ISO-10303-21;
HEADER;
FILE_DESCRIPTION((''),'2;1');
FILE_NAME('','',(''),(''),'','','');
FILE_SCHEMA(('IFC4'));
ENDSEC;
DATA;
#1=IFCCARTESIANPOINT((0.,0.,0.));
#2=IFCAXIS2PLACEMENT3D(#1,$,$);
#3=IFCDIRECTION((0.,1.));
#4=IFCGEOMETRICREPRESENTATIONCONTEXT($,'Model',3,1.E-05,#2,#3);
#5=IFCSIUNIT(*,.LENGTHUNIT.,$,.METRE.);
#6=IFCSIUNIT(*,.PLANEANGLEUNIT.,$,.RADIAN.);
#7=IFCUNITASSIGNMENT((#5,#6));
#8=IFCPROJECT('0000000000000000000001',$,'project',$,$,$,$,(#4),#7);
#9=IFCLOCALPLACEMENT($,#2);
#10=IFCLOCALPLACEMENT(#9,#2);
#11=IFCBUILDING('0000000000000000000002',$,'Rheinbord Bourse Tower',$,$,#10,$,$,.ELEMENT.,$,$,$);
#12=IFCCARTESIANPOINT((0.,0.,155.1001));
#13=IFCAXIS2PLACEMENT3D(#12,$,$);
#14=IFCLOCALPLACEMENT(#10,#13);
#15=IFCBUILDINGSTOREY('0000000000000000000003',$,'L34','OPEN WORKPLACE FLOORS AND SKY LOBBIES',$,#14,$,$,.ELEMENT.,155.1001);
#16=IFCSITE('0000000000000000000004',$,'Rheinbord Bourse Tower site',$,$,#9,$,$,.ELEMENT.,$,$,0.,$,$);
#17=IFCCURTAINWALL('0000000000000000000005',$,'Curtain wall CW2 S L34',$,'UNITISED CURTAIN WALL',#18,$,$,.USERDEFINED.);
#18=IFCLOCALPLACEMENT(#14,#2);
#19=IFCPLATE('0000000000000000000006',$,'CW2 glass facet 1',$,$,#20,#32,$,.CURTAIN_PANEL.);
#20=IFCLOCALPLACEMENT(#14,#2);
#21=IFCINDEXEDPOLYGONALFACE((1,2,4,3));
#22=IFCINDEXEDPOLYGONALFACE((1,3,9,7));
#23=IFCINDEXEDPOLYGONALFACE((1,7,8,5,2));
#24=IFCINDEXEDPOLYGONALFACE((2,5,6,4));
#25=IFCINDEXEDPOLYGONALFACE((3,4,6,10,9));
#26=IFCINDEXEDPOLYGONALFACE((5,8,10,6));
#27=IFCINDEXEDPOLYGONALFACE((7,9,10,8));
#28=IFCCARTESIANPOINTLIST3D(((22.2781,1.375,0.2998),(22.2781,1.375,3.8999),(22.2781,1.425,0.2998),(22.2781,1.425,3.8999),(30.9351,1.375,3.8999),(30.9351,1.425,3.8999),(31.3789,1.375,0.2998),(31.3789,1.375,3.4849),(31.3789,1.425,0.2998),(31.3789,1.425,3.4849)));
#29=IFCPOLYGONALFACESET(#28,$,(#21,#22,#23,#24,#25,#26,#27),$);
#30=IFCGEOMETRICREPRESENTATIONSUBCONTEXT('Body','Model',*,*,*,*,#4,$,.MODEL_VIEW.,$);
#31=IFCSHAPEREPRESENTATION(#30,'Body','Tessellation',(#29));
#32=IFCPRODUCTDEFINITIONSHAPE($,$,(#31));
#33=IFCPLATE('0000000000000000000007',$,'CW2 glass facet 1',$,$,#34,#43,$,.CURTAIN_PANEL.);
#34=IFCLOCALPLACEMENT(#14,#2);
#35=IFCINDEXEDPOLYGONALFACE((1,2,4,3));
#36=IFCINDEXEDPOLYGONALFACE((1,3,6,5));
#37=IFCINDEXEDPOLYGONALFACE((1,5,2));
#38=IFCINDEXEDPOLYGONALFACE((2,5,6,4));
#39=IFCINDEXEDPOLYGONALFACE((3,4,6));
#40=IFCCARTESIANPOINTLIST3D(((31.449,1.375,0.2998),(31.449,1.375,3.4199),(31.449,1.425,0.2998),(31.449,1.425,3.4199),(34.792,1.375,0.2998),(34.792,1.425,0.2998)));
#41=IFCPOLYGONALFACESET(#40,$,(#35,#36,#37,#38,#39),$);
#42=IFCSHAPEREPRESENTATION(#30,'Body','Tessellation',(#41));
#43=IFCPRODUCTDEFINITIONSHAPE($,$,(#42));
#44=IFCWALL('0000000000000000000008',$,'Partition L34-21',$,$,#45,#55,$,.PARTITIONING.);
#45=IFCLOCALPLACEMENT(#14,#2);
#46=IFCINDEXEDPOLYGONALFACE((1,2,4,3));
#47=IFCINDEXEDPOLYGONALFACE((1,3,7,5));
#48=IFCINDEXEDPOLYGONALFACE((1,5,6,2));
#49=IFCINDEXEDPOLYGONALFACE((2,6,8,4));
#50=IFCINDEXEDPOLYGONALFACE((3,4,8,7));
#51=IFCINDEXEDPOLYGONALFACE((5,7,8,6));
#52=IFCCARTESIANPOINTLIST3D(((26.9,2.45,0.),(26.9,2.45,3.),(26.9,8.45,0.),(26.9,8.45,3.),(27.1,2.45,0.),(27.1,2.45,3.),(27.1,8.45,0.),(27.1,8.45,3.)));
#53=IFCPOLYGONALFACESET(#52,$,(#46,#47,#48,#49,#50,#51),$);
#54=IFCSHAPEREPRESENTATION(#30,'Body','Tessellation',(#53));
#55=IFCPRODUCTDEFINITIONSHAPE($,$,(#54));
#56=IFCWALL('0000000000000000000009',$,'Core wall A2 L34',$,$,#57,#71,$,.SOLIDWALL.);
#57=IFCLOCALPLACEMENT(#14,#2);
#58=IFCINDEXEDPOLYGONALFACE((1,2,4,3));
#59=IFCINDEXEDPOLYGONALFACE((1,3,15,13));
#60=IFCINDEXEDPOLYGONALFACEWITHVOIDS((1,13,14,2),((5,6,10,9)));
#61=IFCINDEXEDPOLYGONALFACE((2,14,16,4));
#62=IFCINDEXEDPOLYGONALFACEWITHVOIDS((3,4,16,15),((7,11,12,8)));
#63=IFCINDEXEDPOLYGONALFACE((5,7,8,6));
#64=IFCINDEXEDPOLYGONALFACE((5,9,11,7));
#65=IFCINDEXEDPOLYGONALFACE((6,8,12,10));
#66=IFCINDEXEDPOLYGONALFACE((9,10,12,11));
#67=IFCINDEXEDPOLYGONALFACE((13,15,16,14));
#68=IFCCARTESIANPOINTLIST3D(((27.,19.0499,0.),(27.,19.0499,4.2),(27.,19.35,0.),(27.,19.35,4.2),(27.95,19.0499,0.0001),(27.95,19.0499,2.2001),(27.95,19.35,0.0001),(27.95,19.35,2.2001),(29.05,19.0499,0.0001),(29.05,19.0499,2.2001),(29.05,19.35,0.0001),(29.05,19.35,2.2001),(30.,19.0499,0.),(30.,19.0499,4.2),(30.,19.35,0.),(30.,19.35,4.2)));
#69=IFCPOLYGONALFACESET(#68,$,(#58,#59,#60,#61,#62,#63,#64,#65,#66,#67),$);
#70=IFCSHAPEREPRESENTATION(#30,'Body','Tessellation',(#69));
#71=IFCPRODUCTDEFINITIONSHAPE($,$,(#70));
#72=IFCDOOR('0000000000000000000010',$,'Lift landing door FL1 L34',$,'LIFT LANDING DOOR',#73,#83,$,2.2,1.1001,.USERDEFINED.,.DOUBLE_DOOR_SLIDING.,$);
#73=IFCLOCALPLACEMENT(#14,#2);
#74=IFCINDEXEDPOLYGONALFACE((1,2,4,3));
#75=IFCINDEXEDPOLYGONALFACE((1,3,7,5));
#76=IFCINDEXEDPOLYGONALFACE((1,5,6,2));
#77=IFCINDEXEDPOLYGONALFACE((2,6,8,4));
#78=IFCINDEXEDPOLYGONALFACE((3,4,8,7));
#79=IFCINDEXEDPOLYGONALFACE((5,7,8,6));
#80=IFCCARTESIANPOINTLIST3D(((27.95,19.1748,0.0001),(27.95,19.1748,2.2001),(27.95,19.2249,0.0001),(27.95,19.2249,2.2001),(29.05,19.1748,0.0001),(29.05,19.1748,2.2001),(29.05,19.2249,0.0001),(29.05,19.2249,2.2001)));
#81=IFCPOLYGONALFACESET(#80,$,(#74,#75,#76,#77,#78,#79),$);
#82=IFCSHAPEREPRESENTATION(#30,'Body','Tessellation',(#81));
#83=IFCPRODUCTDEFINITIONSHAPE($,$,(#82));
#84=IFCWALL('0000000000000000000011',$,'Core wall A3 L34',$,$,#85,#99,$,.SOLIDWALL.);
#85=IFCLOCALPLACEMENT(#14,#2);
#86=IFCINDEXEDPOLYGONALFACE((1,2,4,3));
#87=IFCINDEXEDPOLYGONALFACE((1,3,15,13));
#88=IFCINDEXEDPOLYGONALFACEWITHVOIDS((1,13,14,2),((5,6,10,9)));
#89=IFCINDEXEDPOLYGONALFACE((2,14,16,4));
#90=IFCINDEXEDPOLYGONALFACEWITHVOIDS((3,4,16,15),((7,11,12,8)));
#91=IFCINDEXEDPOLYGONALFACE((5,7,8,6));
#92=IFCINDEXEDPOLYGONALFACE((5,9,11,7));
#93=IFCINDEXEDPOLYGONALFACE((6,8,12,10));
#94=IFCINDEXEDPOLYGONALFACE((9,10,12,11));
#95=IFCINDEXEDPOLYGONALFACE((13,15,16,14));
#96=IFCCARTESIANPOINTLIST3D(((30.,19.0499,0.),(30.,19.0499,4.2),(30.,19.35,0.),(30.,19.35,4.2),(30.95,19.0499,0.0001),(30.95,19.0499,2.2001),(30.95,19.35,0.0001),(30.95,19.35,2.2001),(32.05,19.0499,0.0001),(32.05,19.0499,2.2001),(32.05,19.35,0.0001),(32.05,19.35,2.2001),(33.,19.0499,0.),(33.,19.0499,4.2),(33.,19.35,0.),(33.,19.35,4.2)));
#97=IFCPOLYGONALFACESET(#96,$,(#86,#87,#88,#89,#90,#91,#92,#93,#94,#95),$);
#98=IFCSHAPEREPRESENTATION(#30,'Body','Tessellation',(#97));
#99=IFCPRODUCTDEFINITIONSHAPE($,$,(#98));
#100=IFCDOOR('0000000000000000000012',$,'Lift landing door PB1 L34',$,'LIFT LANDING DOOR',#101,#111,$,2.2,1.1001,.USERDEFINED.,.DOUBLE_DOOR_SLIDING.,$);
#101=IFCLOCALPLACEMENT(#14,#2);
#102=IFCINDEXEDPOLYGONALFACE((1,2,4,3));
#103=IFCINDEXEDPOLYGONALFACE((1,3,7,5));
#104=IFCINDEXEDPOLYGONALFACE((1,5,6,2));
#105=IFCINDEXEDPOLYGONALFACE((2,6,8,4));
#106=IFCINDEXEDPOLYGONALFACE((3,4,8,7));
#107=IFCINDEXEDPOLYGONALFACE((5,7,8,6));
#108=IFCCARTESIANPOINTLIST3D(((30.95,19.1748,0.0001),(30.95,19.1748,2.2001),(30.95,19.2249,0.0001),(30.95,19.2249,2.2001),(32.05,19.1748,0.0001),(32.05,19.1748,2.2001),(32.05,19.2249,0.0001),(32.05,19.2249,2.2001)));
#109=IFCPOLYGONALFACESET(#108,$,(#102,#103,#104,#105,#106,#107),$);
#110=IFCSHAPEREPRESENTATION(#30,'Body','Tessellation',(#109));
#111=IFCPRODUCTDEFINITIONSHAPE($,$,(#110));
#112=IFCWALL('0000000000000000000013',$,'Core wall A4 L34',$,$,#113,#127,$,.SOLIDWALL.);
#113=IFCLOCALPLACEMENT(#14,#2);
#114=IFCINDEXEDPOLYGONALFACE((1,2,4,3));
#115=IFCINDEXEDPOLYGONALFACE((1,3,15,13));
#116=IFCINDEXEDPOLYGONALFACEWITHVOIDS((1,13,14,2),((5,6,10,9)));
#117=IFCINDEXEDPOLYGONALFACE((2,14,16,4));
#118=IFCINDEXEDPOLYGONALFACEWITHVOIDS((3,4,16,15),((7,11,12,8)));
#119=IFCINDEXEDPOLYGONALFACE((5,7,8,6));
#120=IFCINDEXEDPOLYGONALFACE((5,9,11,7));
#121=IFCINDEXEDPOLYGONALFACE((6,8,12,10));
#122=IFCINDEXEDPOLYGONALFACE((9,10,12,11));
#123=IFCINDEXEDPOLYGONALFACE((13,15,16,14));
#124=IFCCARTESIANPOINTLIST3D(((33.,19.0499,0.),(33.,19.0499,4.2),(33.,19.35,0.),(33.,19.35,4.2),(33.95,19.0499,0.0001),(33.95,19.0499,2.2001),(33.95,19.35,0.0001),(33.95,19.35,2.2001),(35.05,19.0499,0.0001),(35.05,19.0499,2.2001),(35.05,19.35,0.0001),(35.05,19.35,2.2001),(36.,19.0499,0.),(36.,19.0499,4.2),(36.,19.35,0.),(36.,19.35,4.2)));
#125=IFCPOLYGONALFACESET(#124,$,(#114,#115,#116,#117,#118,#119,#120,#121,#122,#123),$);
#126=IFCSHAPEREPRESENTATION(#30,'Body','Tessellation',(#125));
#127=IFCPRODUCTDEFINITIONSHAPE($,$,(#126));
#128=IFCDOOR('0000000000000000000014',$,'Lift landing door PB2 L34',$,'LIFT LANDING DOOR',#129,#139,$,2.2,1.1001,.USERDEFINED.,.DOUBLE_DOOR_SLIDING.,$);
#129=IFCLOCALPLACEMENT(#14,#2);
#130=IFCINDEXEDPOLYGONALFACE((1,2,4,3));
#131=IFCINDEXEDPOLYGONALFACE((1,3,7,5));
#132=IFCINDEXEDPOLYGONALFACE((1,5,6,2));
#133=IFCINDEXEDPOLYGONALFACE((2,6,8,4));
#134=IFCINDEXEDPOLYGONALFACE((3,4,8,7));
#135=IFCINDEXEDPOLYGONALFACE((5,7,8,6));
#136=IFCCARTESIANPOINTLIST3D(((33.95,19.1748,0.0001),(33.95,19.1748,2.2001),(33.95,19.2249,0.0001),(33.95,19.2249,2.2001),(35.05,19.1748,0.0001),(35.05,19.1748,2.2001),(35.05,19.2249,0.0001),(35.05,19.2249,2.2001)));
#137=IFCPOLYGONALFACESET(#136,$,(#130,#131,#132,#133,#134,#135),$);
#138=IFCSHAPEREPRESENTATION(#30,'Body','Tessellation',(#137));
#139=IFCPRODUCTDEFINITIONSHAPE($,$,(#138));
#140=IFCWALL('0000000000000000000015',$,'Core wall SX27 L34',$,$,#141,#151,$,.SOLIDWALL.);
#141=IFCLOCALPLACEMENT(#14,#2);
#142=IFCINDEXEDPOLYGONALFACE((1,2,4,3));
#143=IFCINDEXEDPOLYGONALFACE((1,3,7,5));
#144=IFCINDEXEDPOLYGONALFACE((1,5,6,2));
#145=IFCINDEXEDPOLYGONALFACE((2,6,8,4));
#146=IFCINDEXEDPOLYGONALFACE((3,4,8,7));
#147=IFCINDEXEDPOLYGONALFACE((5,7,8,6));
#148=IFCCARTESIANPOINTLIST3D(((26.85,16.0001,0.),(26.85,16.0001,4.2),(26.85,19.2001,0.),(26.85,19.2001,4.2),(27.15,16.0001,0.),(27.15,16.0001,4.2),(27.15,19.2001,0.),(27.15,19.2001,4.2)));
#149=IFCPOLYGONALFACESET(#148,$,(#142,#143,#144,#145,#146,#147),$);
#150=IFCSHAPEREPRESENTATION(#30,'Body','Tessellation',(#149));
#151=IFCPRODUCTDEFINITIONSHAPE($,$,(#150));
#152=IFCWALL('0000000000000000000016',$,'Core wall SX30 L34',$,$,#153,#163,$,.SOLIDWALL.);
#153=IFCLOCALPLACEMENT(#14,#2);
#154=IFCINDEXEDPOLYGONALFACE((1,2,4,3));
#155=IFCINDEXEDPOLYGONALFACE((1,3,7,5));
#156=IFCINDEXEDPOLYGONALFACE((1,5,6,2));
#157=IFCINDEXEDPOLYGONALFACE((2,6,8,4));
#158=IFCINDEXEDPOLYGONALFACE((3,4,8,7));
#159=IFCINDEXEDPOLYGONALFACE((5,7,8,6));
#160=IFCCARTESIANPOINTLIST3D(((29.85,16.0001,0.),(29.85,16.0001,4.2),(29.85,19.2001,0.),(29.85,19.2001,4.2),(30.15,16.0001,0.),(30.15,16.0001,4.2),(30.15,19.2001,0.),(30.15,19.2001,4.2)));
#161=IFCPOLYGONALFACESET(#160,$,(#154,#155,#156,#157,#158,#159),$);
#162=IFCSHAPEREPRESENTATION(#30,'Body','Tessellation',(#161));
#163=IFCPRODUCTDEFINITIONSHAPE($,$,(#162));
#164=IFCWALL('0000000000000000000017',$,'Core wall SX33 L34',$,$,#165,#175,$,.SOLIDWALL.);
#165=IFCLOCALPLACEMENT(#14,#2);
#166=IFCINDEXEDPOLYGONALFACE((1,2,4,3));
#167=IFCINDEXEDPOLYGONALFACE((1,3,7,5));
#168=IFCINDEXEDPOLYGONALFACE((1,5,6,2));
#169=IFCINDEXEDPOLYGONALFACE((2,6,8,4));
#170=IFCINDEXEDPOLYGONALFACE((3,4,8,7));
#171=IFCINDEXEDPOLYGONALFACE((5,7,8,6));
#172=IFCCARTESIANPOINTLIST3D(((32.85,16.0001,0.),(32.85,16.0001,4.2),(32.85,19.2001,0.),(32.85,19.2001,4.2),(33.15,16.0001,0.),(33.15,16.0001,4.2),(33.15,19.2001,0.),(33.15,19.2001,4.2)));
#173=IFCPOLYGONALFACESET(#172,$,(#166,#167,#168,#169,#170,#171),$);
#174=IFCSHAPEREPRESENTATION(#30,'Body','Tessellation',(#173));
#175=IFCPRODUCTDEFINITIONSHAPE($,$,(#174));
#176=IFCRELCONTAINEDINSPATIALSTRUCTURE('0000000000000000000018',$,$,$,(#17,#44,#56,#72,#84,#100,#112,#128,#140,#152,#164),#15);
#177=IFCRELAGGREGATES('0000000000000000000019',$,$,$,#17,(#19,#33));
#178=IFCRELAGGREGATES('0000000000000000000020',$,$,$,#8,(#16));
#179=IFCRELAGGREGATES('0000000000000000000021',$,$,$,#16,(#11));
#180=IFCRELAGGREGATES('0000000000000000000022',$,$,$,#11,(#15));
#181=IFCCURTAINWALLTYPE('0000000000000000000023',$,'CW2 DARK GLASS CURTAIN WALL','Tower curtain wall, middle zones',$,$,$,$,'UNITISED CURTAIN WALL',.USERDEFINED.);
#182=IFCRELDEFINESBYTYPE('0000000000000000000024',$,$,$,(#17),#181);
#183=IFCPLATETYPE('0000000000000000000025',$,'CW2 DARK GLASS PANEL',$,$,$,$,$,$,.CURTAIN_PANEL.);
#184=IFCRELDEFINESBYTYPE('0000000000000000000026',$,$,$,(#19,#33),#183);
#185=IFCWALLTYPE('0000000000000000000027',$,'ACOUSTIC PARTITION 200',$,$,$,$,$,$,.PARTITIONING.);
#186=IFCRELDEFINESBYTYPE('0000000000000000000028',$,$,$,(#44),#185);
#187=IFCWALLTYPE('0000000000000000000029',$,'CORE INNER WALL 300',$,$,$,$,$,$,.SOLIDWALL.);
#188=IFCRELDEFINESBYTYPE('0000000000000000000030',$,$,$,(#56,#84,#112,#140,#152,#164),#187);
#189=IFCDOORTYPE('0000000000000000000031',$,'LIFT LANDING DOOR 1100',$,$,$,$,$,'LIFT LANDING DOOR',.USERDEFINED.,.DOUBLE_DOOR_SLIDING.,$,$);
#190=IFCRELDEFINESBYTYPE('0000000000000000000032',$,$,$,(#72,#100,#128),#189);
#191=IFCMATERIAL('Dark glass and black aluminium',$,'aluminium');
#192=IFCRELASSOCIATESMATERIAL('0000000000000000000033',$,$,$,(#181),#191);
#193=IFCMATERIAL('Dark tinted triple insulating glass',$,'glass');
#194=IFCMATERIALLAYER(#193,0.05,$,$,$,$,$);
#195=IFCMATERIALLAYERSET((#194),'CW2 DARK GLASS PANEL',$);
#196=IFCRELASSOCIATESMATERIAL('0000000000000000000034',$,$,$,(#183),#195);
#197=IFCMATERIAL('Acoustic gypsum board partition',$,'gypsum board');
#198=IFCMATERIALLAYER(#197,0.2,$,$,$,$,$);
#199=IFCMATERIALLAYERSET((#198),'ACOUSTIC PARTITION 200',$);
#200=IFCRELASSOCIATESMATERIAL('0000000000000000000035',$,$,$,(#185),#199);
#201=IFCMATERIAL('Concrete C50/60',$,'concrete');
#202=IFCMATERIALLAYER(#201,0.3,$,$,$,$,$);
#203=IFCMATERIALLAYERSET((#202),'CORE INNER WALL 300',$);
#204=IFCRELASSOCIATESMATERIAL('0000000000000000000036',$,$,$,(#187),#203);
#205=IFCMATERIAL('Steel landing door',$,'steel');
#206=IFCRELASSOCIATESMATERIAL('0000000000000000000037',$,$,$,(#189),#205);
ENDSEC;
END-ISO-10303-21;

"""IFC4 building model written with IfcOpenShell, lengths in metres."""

from ifc_helpers import new_model, si_unit, direction, frame, frame_2d, origin, place, context, subcontext, project, spatial, polyline, rectangle, outline, extrude, material, layer, layer_set, type_object, element, fill, aggregate, save


model = new_model("IFC4")

# Units and contexts
model_context = context("Model", 3, precision=1e-05, world=origin(), true_north=direction((0.0, 1.0)))
body_context = subcontext(model_context, "Body", "Model", "MODEL_VIEW")
ifc_project = project(units=[si_unit("LENGTHUNIT", "METRE"), si_unit("PLANEANGLEUNIT", "RADIAN")], contexts=[model_context])

# Site, building, storey
site_placement = place(None, origin())
site = spatial("IfcSite", under=ifc_project, at=site_placement, Name="Rheinbord Bourse Tower site", CompositionType="ELEMENT", RefElevation=0.0)
building_placement = place(site_placement, origin())
building = spatial("IfcBuilding", under=site, at=building_placement, Name="Rheinbord Bourse Tower", CompositionType="ELEMENT")
storey_placement = place(building_placement, frame((0.0, 0.0, 155.1001)))
storey = spatial("IfcBuildingStorey", under=building, at=storey_placement, Name="L34", Description="OPEN WORKPLACE FLOORS AND SKY LOBBIES", CompositionType="ELEMENT", Elevation=155.1001)

# Curtain wall
ifc_material_1 = material(Name="Dark glass and black aluminium", Category="aluminium")
curtain_wall_type = type_object("IfcCurtainWallType", Name="CW2 DARK GLASS CURTAIN WALL", Description="Tower curtain wall, middle zones", ElementType="UNITISED CURTAIN WALL", PredefinedType="USERDEFINED", material=ifc_material_1)
curtain_wall_placement = place(storey_placement, origin())
curtain_wall = element("IfcCurtainWall", 1, at=curtain_wall_placement, inside=storey, type_object=curtain_wall_type, Name="Curtain wall CW2 S L34", ObjectType="UNITISED CURTAIN WALL", PredefinedType="USERDEFINED")

# Plates
ifc_material_2 = material(Name="Dark tinted triple insulating glass", Category="glass")
ifc_layer_1 = layer(ifc_material_2, 0.05)
ifc_layer_set_1 = layer_set([ifc_layer_1], Name="CW2 DARK GLASS PANEL")
plate_type = type_object("IfcPlateType", Name="CW2 DARK GLASS PANEL", PredefinedType="CURTAIN_PANEL", material=ifc_layer_set_1)
plate_1_placement = place(storey_placement, frame((31.3789, 1.375, 0.2998), z_axis=(0.0, 1.0, 0.0), x_axis=(-1.0, 0.0, 0.0)))
plate_1 = element("IfcPlate", 2, at=plate_1_placement, type_object=plate_type, Name="CW2 glass facet 1", PredefinedType="CURTAIN_PANEL", context=body_context, shape_type="SweptSolid", body=[
    extrude(outline(polyline([(0.0, 0.0), (9.1008, 0.0), (9.1008, 3.6001), (0.4438, 3.6001), (0.0, 3.1851), (0.0, 0.0)])), origin(), (0.0, 0.0, 1.0), 0.05),
])
plate_2_placement = place(storey_placement, frame((31.449, 1.375, 0.2998), z_axis=(0.0, 1.0, 0.0), x_axis=(0.0, 0.0, 1.0)))
plate_2 = element("IfcPlate", 3, at=plate_2_placement, type_object=plate_type, Name="CW2 glass facet 1", PredefinedType="CURTAIN_PANEL", context=body_context, shape_type="SweptSolid", body=[
    extrude(outline(polyline([(0.0, 0.0), (3.1201, 0.0), (0.0, 3.343), (0.0, 0.0)])), origin(), (0.0, 0.0, 1.0), 0.05),
])
aggregate(curtain_wall, [plate_1, plate_2])

# Wall
ifc_material_3 = material(Name="Acoustic gypsum board partition", Category="gypsum board")
ifc_layer_2 = layer(ifc_material_3, 0.2)
ifc_layer_set_2 = layer_set([ifc_layer_2], Name="ACOUSTIC PARTITION 200")
wall_type_1 = type_object("IfcWallType", Name="ACOUSTIC PARTITION 200", PredefinedType="PARTITIONING", material=ifc_layer_set_2)
wall_1_placement = place(storey_placement, frame((27.0, 2.45, 0.0), z_axis=(0.0, 0.0, 1.0), x_axis=(0.0, 1.0, 0.0)))
element("IfcWall", 4, at=wall_1_placement, inside=storey, type_object=wall_type_1, Name="Partition L34-21", PredefinedType="PARTITIONING", context=body_context, shape_type="SweptSolid", body=[
    extrude(rectangle(XDim=6.0, YDim=0.2, at=frame_2d((3.0, 0.0))), origin(), (0.0, 0.0, 1.0), 3.0),
])

# Walls, openings, doors
ifc_material_4 = material(Name="Concrete C50/60", Category="concrete")
ifc_layer_3 = layer(ifc_material_4, 0.3)
ifc_layer_set_3 = layer_set([ifc_layer_3], Name="CORE INNER WALL 300")
wall_type_2 = type_object("IfcWallType", Name="CORE INNER WALL 300", PredefinedType="SOLIDWALL", material=ifc_layer_set_3)
wall_2_placement = place(storey_placement, frame((27.0, 19.2, 0.0), z_axis=(0.0, 0.0, 1.0), x_axis=(1.0, 0.0, 0.0)))
wall_2 = element("IfcWall", 5, at=wall_2_placement, inside=storey, type_object=wall_type_2, Name="Core wall A2 L34", PredefinedType="SOLIDWALL", context=body_context, shape_type="SweptSolid", body=[
    extrude(rectangle(XDim=3.0, YDim=0.3, at=frame_2d((1.5, 0.0))), origin(), (0.0, 0.0, 1.0), 4.2),
])
opening_1_placement = place(wall_2_placement, frame((0.95, 0.0, 0.0)))
opening_1 = element("IfcOpeningElement", 6, at=opening_1_placement, cuts=wall_2, PredefinedType="OPENING", context=body_context, shape_type="SweptSolid", body=[
    extrude(rectangle(XDim=1.1001, YDim=2.2, at=frame_2d((0.55, 1.1001))), frame((0.0, 0.1599, 0.0), z_axis=(0.0, -1.0, 0.0), x_axis=(1.0, 0.0, 0.0)), (0.0, 0.0, 1.0), 0.3201),
])
ifc_material_5 = material(Name="Steel landing door", Category="steel")
door_type = type_object("IfcDoorType", Name="LIFT LANDING DOOR 1100", ElementType="LIFT LANDING DOOR", OperationType="DOUBLE_DOOR_SLIDING", PredefinedType="USERDEFINED", material=ifc_material_5)
door_1_placement = place(opening_1_placement, origin())
door_1 = element("IfcDoor", 7, at=door_1_placement, inside=storey, type_object=door_type, Name="Lift landing door FL1 L34", ObjectType="LIFT LANDING DOOR", OperationType="DOUBLE_DOOR_SLIDING", OverallHeight=2.2, OverallWidth=1.1001, PredefinedType="USERDEFINED", context=body_context, shape_type="SweptSolid", body=[
    extrude(rectangle(XDim=1.1001, YDim=2.2, at=frame_2d((0.55, 1.1001))), frame((0.0, 0.0249, 0.0), z_axis=(0.0, -1.0, 0.0), x_axis=(1.0, 0.0, 0.0)), (0.0, 0.0, 1.0), 0.05),
])
fill(opening_1, door_1)
wall_3_placement = place(storey_placement, frame((30.0, 19.2, 0.0), z_axis=(0.0, 0.0, 1.0), x_axis=(1.0, 0.0, 0.0)))
wall_3 = element("IfcWall", 8, at=wall_3_placement, inside=storey, type_object=wall_type_2, Name="Core wall A3 L34", PredefinedType="SOLIDWALL", context=body_context, shape_type="SweptSolid", body=[
    extrude(rectangle(XDim=3.0, YDim=0.3, at=frame_2d((1.5, 0.0))), origin(), (0.0, 0.0, 1.0), 4.2),
])
opening_2_placement = place(wall_3_placement, frame((0.95, 0.0, 0.0)))
opening_2 = element("IfcOpeningElement", 9, at=opening_2_placement, cuts=wall_3, PredefinedType="OPENING", context=body_context, shape_type="SweptSolid", body=[
    extrude(rectangle(XDim=1.1001, YDim=2.2, at=frame_2d((0.55, 1.1001))), frame((0.0, 0.1599, 0.0), z_axis=(0.0, -1.0, 0.0), x_axis=(1.0, 0.0, 0.0)), (0.0, 0.0, 1.0), 0.3201),
])
door_2_placement = place(opening_2_placement, origin())
door_2 = element("IfcDoor", 10, at=door_2_placement, inside=storey, type_object=door_type, Name="Lift landing door PB1 L34", ObjectType="LIFT LANDING DOOR", OperationType="DOUBLE_DOOR_SLIDING", OverallHeight=2.2, OverallWidth=1.1001, PredefinedType="USERDEFINED", context=body_context, shape_type="SweptSolid", body=[
    extrude(rectangle(XDim=1.1001, YDim=2.2, at=frame_2d((0.55, 1.1001))), frame((0.0, 0.0249, 0.0), z_axis=(0.0, -1.0, 0.0), x_axis=(1.0, 0.0, 0.0)), (0.0, 0.0, 1.0), 0.05),
])
fill(opening_2, door_2)
wall_4_placement = place(storey_placement, frame((33.0, 19.2, 0.0), z_axis=(0.0, 0.0, 1.0), x_axis=(1.0, 0.0, 0.0)))
wall_4 = element("IfcWall", 11, at=wall_4_placement, inside=storey, type_object=wall_type_2, Name="Core wall A4 L34", PredefinedType="SOLIDWALL", context=body_context, shape_type="SweptSolid", body=[
    extrude(rectangle(XDim=3.0, YDim=0.3, at=frame_2d((1.5, 0.0))), origin(), (0.0, 0.0, 1.0), 4.2),
])
opening_3_placement = place(wall_4_placement, frame((0.95, 0.0, 0.0)))
opening_3 = element("IfcOpeningElement", 12, at=opening_3_placement, cuts=wall_4, PredefinedType="OPENING", context=body_context, shape_type="SweptSolid", body=[
    extrude(rectangle(XDim=1.1001, YDim=2.2, at=frame_2d((0.55, 1.1001))), frame((0.0, 0.1599, 0.0), z_axis=(0.0, -1.0, 0.0), x_axis=(1.0, 0.0, 0.0)), (0.0, 0.0, 1.0), 0.3201),
])
door_3_placement = place(opening_3_placement, origin())
door_3 = element("IfcDoor", 13, at=door_3_placement, inside=storey, type_object=door_type, Name="Lift landing door PB2 L34", ObjectType="LIFT LANDING DOOR", OperationType="DOUBLE_DOOR_SLIDING", OverallHeight=2.2, OverallWidth=1.1001, PredefinedType="USERDEFINED", context=body_context, shape_type="SweptSolid", body=[
    extrude(rectangle(XDim=1.1001, YDim=2.2, at=frame_2d((0.55, 1.1001))), frame((0.0, 0.0249, 0.0), z_axis=(0.0, -1.0, 0.0), x_axis=(1.0, 0.0, 0.0)), (0.0, 0.0, 1.0), 0.05),
])
fill(opening_3, door_3)

# Walls
for number, where, z_axis, x_axis, name in (
    (14, (27.0, 16.0, 0.0), (0.0, 0.0, 1.0), (0.0, 1.0, 0.0), "Core wall SX27 L34"),
    (15, (30.0, 16.0, 0.0), (0.0, 0.0, 1.0), (0.0, 1.0, 0.0), "Core wall SX30 L34"),
    (16, (33.0, 16.0, 0.0), (0.0, 0.0, 1.0), (0.0, 1.0, 0.0), "Core wall SX33 L34"),
):
    element("IfcWall", number, at=place(storey_placement, frame(where, z_axis=z_axis, x_axis=x_axis)), inside=storey, type_object=wall_type_2, Name=name, PredefinedType="SOLIDWALL", context=body_context, shape_type="SweptSolid", body=[
        extrude(rectangle(XDim=3.2, YDim=0.3, at=frame_2d((1.6001, 0.0))), origin(), (0.0, 0.0, 1.0), 4.2),
    ])

save(model, "model.ifc")
